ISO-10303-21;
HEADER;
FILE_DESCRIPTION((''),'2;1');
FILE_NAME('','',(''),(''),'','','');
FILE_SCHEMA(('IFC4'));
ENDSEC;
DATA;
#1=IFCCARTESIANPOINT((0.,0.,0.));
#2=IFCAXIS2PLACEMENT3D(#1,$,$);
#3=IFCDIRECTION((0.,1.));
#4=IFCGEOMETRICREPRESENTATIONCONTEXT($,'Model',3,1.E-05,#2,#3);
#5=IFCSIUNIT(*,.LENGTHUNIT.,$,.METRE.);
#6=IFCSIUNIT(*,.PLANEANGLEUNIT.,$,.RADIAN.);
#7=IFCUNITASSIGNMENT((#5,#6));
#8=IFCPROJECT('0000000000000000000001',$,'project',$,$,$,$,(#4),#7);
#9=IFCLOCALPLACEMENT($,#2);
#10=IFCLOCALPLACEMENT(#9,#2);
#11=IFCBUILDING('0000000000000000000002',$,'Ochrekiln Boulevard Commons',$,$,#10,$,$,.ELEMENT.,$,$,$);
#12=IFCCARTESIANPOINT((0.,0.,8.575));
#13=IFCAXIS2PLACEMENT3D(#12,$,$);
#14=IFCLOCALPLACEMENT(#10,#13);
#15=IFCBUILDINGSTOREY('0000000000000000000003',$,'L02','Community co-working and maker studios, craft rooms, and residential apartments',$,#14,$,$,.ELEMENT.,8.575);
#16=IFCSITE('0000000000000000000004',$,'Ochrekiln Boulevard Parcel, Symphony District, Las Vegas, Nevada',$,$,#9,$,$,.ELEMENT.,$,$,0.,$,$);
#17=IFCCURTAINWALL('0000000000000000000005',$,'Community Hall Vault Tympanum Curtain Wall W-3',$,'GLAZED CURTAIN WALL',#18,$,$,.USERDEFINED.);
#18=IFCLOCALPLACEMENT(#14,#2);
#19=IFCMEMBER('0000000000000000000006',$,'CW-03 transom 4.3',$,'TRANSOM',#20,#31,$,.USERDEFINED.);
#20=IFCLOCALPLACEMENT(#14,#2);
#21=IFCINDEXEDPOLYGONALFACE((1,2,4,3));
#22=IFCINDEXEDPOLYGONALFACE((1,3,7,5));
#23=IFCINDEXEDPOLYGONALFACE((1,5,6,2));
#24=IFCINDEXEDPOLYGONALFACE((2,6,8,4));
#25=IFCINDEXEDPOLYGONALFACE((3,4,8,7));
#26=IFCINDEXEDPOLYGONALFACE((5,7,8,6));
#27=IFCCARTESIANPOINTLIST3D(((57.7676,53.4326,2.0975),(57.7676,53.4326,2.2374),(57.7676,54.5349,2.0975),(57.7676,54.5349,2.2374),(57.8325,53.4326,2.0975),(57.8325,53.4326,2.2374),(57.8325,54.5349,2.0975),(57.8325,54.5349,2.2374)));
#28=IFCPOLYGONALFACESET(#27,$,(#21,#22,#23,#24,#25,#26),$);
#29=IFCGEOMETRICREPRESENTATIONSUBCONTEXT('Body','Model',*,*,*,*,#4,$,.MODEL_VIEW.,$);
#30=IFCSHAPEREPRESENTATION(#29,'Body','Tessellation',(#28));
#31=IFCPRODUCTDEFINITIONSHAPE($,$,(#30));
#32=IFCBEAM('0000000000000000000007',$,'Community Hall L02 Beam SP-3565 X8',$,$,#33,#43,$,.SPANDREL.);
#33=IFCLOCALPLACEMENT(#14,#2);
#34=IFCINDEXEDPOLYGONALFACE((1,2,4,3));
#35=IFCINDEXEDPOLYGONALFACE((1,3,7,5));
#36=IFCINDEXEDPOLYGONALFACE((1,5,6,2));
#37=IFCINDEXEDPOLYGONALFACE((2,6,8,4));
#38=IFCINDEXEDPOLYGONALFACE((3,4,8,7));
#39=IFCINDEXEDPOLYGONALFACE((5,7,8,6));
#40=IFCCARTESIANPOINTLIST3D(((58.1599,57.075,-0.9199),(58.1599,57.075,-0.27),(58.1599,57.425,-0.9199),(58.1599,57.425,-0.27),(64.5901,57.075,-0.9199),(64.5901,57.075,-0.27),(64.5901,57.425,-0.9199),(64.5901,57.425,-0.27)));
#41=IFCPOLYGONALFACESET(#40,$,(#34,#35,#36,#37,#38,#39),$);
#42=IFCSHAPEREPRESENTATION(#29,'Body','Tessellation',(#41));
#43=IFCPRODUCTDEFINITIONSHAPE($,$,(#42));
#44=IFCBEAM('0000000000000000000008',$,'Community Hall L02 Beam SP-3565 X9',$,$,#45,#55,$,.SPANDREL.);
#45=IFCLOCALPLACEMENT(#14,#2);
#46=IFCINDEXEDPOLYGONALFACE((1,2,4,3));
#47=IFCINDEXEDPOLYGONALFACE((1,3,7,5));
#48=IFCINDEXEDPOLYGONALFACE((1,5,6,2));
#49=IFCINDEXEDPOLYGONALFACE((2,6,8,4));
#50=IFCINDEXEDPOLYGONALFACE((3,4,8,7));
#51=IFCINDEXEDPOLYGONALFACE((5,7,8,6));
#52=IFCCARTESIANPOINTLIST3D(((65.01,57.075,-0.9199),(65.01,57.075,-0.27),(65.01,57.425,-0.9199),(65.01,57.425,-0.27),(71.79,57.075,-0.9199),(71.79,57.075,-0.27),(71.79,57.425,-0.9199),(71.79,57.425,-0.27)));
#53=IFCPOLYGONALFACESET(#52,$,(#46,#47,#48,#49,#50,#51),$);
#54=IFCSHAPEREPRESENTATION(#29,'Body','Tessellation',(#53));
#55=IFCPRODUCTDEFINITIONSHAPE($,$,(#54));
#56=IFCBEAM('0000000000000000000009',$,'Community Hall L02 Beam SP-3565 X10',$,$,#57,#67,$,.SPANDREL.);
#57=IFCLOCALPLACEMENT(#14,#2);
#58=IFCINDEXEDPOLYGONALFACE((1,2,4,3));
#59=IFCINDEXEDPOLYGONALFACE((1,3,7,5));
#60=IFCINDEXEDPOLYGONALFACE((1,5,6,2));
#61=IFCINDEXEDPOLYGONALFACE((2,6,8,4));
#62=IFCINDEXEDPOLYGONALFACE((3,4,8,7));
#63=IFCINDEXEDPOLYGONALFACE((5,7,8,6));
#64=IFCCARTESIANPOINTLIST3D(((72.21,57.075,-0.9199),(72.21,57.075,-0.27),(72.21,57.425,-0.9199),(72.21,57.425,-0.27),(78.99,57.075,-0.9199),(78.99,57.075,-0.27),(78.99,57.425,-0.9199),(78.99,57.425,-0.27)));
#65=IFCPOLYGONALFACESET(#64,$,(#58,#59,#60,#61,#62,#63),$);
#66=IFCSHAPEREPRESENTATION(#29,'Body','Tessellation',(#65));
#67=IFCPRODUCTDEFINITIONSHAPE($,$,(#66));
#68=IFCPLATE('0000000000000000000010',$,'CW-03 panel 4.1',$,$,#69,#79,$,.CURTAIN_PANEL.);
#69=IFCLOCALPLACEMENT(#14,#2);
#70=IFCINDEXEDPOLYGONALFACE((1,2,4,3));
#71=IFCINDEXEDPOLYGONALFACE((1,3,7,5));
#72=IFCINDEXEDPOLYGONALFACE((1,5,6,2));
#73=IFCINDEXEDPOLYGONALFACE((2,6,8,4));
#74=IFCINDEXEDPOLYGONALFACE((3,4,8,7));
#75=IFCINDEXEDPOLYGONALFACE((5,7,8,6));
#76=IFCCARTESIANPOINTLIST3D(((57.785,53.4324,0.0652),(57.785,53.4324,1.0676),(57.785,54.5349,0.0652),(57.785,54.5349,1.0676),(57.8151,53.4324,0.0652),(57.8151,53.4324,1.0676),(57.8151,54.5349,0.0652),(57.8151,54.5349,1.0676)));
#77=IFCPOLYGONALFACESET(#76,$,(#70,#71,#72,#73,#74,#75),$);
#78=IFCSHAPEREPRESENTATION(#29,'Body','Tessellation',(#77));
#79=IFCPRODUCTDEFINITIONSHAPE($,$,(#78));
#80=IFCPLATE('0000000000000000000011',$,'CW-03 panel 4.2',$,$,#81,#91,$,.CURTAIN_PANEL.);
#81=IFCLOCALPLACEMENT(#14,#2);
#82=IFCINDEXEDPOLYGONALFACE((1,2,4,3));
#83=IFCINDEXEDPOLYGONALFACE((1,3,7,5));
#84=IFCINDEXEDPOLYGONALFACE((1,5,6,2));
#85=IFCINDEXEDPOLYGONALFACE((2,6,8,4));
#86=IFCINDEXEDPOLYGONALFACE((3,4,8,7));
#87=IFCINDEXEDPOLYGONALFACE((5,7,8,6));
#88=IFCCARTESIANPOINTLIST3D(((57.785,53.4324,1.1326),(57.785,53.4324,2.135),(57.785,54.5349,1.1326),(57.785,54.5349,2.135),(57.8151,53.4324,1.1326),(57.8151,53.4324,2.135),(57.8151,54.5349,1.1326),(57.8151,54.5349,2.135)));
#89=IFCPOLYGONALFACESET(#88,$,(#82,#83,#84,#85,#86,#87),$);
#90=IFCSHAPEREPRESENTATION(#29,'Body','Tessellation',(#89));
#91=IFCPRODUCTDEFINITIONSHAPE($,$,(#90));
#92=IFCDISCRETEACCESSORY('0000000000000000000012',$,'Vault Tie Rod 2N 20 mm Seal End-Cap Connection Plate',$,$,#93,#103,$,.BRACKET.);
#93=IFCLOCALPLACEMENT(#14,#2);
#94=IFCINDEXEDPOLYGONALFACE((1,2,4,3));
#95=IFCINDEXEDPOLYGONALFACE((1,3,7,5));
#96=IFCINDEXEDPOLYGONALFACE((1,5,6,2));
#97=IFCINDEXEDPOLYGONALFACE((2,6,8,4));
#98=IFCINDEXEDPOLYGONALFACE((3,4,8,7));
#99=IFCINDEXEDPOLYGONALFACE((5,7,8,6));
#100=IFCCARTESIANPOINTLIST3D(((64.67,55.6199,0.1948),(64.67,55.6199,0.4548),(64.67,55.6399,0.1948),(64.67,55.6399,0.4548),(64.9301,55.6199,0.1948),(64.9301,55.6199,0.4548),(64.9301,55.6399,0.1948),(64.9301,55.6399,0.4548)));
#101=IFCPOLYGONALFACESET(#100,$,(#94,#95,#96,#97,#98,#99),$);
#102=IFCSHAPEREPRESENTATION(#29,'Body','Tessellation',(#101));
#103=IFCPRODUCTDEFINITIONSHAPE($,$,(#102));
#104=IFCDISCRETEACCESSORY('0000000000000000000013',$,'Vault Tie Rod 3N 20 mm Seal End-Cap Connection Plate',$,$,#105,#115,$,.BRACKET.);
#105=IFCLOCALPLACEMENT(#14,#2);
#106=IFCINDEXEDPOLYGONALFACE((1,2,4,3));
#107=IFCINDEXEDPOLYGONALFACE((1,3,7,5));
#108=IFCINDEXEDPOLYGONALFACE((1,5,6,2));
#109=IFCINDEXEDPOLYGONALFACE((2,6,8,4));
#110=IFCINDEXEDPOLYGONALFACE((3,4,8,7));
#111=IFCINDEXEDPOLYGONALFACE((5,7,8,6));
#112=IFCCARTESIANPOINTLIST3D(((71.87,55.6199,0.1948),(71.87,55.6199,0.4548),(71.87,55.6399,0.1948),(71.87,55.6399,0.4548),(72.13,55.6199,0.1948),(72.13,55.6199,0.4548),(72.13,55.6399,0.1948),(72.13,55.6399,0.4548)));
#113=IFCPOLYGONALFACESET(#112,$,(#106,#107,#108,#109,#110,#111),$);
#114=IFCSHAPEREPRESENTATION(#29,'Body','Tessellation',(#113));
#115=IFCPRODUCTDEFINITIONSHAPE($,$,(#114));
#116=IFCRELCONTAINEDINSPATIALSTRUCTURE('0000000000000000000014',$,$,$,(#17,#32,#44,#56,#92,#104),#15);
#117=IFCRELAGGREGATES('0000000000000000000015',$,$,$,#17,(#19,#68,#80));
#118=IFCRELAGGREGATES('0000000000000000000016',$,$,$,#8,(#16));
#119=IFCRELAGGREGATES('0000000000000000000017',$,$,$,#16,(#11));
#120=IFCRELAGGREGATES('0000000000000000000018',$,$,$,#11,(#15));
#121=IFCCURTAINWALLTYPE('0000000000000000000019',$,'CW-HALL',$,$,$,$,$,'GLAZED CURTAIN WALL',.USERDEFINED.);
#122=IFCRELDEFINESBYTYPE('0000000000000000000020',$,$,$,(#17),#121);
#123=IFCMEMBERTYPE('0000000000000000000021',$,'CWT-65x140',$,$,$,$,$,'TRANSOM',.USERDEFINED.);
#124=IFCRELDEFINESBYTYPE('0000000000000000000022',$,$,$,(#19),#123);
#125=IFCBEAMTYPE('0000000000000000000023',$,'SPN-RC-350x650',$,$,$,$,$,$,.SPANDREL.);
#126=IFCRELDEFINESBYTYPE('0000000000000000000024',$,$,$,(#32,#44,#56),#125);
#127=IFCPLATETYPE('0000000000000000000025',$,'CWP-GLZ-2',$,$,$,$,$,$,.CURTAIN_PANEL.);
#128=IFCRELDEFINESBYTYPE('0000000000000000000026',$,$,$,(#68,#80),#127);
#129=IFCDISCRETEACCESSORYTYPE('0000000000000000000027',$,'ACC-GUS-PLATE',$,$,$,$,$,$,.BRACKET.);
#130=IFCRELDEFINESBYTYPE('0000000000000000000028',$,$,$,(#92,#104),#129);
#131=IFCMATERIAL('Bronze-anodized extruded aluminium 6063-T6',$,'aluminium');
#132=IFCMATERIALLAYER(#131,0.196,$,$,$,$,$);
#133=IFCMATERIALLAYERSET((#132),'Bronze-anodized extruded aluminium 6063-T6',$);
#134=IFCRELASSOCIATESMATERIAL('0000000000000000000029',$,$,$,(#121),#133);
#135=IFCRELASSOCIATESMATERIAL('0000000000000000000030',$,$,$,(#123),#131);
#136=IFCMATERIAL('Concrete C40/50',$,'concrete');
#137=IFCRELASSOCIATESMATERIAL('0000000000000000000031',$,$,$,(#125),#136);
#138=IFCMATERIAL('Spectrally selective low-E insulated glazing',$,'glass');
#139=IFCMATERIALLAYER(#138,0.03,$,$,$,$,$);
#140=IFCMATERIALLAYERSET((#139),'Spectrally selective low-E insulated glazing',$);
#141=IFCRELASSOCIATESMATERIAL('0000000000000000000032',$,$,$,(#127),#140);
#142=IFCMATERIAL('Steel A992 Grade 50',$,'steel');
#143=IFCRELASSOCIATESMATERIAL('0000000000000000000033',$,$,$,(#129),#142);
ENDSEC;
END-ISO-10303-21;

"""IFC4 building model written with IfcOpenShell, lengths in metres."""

from ifc_helpers import new_model, si_unit, direction, frame, origin, origin_2d, place, context, subcontext, project, spatial, rectangle, extrude, material, layer, layer_set, material_profile, profile_set, type_object, element, aggregate, save


model = new_model("IFC4")

# Units and contexts
model_context = context("Model", 3, precision=1e-05, world=origin(), true_north=direction((0.0, 1.0)))
body_context = subcontext(model_context, "Body", "Model", "MODEL_VIEW")
ifc_project = project(units=[si_unit("LENGTHUNIT", "METRE"), si_unit("PLANEANGLEUNIT", "RADIAN")], contexts=[model_context])

# Site, building, storey
site_placement = place(None, origin())
site = spatial("IfcSite", under=ifc_project, at=site_placement, Name="Ochrekiln Boulevard Parcel, Symphony District, Las Vegas, Nevada", CompositionType="ELEMENT", RefElevation=0.0)
building_placement = place(site_placement, origin())
building = spatial("IfcBuilding", under=site, at=building_placement, Name="Ochrekiln Boulevard Commons", CompositionType="ELEMENT")
storey_placement = place(building_placement, frame((0.0, 0.0, 8.575)))
storey = spatial("IfcBuildingStorey", under=building, at=storey_placement, Name="L02", Description="Community co-working and maker studios, craft rooms, and residential apartments", CompositionType="ELEMENT", Elevation=8.575)

# Shared definitions
ifc_material_1 = material(Name="Concrete C40/50", Category="concrete")

# Curtain wall, member
ifc_material_2 = material(Name="Bronze-anodized extruded aluminium 6063-T6", Category="aluminium")
ifc_layer_1 = layer(ifc_material_2, 0.196)
ifc_layer_set_1 = layer_set([ifc_layer_1], Name="Bronze-anodized extruded aluminium 6063-T6")
curtain_wall_type = type_object("IfcCurtainWallType", Name="CW-HALL", ElementType="GLAZED CURTAIN WALL", PredefinedType="USERDEFINED", material=ifc_layer_set_1)
curtain_wall_placement = place(storey_placement, origin())
curtain_wall = element("IfcCurtainWall", 1, at=curtain_wall_placement, inside=storey, type_object=curtain_wall_type, Name="Community Hall Vault Tympanum Curtain Wall W-3", ObjectType="GLAZED CURTAIN WALL", PredefinedType="USERDEFINED")
ifc_material_profile_1 = material_profile(ifc_material_2, rectangle(XDim=0.0649, YDim=0.1399, at=origin_2d()), Name="ALU-TRN-65x140")
ifc_profile_set_1 = profile_set([ifc_material_profile_1], Name="Bronze-anodized extruded aluminium 6063-T6")
member_type_1 = type_object("IfcMemberType", Name="CWT-65x140", ElementType="TRANSOM", PredefinedType="USERDEFINED", material=ifc_profile_set_1)
member_1_placement = place(storey_placement, frame((57.8, 53.4326, 2.1675), z_axis=(0.0, 1.0, 0.0), x_axis=(-1.0, 0.0, 0.0)))
member_1 = element("IfcMember", 2, at=member_1_placement, type_object=member_type_1, Name="CW-03 transom 4.3", ObjectType="TRANSOM", PredefinedType="USERDEFINED", context=body_context, shape_type="SweptSolid", body=[
    extrude(rectangle(XDim=0.0649, YDim=0.1399, at=origin_2d()), origin(), (0.0, 0.0, 1.0), 1.1023),
])

# Beams
ifc_material_profile_2 = material_profile(ifc_material_1, rectangle(XDim=0.3501, YDim=0.6499, at=origin_2d()), Name="RC-SPN-350x650")
ifc_profile_set_2 = profile_set([ifc_material_profile_2], Name="Concrete C40/50")
beam_type_1 = type_object("IfcBeamType", Name="SPN-RC-350x650", PredefinedType="SPANDREL", material=ifc_profile_set_2)
beam_1_placement = place(storey_placement, frame((58.1599, 57.25, -0.595), z_axis=(1.0, 0.0, 0.0), x_axis=(0.0, 1.0, 0.0)))
element("IfcBeam", 3, at=beam_1_placement, inside=storey, type_object=beam_type_1, Name="Community Hall L02 Beam SP-3565 X8", PredefinedType="SPANDREL", context=body_context, shape_type="SweptSolid", body=[
    extrude(rectangle(XDim=0.3501, YDim=0.6499, at=origin_2d()), origin(), (0.0, 0.0, 1.0), 6.4302),
])
for number, where, z_axis, x_axis, name in (
    (4, (65.01, 57.25, -0.595), (1.0, 0.0, 0.0), (0.0, 1.0, 0.0), "Community Hall L02 Beam SP-3565 X9"),
    (5, (72.21, 57.25, -0.595), (1.0, 0.0, 0.0), (0.0, 1.0, 0.0), "Community Hall L02 Beam SP-3565 X10"),
):
    element("IfcBeam", number, at=place(storey_placement, frame(where, z_axis=z_axis, x_axis=x_axis)), inside=storey, type_object=beam_type_1, Name=name, PredefinedType="SPANDREL", context=body_context, shape_type="SweptSolid", body=[
        extrude(rectangle(XDim=0.3501, YDim=0.6499, at=origin_2d()), origin(), (0.0, 0.0, 1.0), 6.78),
    ])

# Plates
ifc_material_3 = material(Name="Spectrally selective low-E insulated glazing", Category="glass")
ifc_layer_2 = layer(ifc_material_3, 0.03)
ifc_layer_set_2 = layer_set([ifc_layer_2], Name="Spectrally selective low-E insulated glazing")
plate_type = type_object("IfcPlateType", Name="CWP-GLZ-2", PredefinedType="CURTAIN_PANEL", material=ifc_layer_set_2)
plate_1_placement = place(storey_placement, frame((57.8, 53.9836, 0.0652), z_axis=(0.0, 0.0, 1.0), x_axis=(0.0, 1.0, 0.0)))
plate_1 = element("IfcPlate", 6, at=plate_1_placement, type_object=plate_type, Name="CW-03 panel 4.1", PredefinedType="CURTAIN_PANEL", context=body_context, shape_type="SweptSolid", body=[
    extrude(rectangle(XDim=1.1025, YDim=0.03, at=origin_2d()), origin(), (0.0, 0.0, 1.0), 1.0024),
])
plate_2_placement = place(storey_placement, frame((57.8, 53.9836, 1.1326), z_axis=(0.0, 0.0, 1.0), x_axis=(0.0, 1.0, 0.0)))
plate_2 = element("IfcPlate", 7, at=plate_2_placement, type_object=plate_type, Name="CW-03 panel 4.2", PredefinedType="CURTAIN_PANEL", context=body_context, shape_type="SweptSolid", body=[
    extrude(rectangle(XDim=1.1025, YDim=0.03, at=origin_2d()), origin(), (0.0, 0.0, 1.0), 1.0024),
])
aggregate(curtain_wall, [member_1, plate_1, plate_2])

# Discrete accessories
ifc_material_4 = material(Name="Steel A992 Grade 50", Category="steel")
discrete_accessory_type = type_object("IfcDiscreteAccessoryType", Name="ACC-GUS-PLATE", PredefinedType="BRACKET", material=ifc_material_4)
for number, where, z_axis, x_axis, name in (
    (8, (64.8, 55.6299, 0.1948), (0.0, 0.0, 1.0), (1.0, 0.0, 0.0), "Vault Tie Rod 2N 20 mm Seal End-Cap Connection Plate"),
    (9, (72.0, 55.6299, 0.1948), (0.0, 0.0, 1.0), (1.0, 0.0, 0.0), "Vault Tie Rod 3N 20 mm Seal End-Cap Connection Plate"),
):
    element("IfcDiscreteAccessory", number, at=place(storey_placement, frame(where, z_axis=z_axis, x_axis=x_axis)), inside=storey, type_object=discrete_accessory_type, Name=name, PredefinedType="BRACKET", context=body_context, shape_type="SweptSolid", body=[
        extrude(rectangle(XDim=0.26, YDim=0.02, at=origin_2d()), origin(), (0.0, 0.0, 1.0), 0.26),
    ])

save(model, "model.ifc")
